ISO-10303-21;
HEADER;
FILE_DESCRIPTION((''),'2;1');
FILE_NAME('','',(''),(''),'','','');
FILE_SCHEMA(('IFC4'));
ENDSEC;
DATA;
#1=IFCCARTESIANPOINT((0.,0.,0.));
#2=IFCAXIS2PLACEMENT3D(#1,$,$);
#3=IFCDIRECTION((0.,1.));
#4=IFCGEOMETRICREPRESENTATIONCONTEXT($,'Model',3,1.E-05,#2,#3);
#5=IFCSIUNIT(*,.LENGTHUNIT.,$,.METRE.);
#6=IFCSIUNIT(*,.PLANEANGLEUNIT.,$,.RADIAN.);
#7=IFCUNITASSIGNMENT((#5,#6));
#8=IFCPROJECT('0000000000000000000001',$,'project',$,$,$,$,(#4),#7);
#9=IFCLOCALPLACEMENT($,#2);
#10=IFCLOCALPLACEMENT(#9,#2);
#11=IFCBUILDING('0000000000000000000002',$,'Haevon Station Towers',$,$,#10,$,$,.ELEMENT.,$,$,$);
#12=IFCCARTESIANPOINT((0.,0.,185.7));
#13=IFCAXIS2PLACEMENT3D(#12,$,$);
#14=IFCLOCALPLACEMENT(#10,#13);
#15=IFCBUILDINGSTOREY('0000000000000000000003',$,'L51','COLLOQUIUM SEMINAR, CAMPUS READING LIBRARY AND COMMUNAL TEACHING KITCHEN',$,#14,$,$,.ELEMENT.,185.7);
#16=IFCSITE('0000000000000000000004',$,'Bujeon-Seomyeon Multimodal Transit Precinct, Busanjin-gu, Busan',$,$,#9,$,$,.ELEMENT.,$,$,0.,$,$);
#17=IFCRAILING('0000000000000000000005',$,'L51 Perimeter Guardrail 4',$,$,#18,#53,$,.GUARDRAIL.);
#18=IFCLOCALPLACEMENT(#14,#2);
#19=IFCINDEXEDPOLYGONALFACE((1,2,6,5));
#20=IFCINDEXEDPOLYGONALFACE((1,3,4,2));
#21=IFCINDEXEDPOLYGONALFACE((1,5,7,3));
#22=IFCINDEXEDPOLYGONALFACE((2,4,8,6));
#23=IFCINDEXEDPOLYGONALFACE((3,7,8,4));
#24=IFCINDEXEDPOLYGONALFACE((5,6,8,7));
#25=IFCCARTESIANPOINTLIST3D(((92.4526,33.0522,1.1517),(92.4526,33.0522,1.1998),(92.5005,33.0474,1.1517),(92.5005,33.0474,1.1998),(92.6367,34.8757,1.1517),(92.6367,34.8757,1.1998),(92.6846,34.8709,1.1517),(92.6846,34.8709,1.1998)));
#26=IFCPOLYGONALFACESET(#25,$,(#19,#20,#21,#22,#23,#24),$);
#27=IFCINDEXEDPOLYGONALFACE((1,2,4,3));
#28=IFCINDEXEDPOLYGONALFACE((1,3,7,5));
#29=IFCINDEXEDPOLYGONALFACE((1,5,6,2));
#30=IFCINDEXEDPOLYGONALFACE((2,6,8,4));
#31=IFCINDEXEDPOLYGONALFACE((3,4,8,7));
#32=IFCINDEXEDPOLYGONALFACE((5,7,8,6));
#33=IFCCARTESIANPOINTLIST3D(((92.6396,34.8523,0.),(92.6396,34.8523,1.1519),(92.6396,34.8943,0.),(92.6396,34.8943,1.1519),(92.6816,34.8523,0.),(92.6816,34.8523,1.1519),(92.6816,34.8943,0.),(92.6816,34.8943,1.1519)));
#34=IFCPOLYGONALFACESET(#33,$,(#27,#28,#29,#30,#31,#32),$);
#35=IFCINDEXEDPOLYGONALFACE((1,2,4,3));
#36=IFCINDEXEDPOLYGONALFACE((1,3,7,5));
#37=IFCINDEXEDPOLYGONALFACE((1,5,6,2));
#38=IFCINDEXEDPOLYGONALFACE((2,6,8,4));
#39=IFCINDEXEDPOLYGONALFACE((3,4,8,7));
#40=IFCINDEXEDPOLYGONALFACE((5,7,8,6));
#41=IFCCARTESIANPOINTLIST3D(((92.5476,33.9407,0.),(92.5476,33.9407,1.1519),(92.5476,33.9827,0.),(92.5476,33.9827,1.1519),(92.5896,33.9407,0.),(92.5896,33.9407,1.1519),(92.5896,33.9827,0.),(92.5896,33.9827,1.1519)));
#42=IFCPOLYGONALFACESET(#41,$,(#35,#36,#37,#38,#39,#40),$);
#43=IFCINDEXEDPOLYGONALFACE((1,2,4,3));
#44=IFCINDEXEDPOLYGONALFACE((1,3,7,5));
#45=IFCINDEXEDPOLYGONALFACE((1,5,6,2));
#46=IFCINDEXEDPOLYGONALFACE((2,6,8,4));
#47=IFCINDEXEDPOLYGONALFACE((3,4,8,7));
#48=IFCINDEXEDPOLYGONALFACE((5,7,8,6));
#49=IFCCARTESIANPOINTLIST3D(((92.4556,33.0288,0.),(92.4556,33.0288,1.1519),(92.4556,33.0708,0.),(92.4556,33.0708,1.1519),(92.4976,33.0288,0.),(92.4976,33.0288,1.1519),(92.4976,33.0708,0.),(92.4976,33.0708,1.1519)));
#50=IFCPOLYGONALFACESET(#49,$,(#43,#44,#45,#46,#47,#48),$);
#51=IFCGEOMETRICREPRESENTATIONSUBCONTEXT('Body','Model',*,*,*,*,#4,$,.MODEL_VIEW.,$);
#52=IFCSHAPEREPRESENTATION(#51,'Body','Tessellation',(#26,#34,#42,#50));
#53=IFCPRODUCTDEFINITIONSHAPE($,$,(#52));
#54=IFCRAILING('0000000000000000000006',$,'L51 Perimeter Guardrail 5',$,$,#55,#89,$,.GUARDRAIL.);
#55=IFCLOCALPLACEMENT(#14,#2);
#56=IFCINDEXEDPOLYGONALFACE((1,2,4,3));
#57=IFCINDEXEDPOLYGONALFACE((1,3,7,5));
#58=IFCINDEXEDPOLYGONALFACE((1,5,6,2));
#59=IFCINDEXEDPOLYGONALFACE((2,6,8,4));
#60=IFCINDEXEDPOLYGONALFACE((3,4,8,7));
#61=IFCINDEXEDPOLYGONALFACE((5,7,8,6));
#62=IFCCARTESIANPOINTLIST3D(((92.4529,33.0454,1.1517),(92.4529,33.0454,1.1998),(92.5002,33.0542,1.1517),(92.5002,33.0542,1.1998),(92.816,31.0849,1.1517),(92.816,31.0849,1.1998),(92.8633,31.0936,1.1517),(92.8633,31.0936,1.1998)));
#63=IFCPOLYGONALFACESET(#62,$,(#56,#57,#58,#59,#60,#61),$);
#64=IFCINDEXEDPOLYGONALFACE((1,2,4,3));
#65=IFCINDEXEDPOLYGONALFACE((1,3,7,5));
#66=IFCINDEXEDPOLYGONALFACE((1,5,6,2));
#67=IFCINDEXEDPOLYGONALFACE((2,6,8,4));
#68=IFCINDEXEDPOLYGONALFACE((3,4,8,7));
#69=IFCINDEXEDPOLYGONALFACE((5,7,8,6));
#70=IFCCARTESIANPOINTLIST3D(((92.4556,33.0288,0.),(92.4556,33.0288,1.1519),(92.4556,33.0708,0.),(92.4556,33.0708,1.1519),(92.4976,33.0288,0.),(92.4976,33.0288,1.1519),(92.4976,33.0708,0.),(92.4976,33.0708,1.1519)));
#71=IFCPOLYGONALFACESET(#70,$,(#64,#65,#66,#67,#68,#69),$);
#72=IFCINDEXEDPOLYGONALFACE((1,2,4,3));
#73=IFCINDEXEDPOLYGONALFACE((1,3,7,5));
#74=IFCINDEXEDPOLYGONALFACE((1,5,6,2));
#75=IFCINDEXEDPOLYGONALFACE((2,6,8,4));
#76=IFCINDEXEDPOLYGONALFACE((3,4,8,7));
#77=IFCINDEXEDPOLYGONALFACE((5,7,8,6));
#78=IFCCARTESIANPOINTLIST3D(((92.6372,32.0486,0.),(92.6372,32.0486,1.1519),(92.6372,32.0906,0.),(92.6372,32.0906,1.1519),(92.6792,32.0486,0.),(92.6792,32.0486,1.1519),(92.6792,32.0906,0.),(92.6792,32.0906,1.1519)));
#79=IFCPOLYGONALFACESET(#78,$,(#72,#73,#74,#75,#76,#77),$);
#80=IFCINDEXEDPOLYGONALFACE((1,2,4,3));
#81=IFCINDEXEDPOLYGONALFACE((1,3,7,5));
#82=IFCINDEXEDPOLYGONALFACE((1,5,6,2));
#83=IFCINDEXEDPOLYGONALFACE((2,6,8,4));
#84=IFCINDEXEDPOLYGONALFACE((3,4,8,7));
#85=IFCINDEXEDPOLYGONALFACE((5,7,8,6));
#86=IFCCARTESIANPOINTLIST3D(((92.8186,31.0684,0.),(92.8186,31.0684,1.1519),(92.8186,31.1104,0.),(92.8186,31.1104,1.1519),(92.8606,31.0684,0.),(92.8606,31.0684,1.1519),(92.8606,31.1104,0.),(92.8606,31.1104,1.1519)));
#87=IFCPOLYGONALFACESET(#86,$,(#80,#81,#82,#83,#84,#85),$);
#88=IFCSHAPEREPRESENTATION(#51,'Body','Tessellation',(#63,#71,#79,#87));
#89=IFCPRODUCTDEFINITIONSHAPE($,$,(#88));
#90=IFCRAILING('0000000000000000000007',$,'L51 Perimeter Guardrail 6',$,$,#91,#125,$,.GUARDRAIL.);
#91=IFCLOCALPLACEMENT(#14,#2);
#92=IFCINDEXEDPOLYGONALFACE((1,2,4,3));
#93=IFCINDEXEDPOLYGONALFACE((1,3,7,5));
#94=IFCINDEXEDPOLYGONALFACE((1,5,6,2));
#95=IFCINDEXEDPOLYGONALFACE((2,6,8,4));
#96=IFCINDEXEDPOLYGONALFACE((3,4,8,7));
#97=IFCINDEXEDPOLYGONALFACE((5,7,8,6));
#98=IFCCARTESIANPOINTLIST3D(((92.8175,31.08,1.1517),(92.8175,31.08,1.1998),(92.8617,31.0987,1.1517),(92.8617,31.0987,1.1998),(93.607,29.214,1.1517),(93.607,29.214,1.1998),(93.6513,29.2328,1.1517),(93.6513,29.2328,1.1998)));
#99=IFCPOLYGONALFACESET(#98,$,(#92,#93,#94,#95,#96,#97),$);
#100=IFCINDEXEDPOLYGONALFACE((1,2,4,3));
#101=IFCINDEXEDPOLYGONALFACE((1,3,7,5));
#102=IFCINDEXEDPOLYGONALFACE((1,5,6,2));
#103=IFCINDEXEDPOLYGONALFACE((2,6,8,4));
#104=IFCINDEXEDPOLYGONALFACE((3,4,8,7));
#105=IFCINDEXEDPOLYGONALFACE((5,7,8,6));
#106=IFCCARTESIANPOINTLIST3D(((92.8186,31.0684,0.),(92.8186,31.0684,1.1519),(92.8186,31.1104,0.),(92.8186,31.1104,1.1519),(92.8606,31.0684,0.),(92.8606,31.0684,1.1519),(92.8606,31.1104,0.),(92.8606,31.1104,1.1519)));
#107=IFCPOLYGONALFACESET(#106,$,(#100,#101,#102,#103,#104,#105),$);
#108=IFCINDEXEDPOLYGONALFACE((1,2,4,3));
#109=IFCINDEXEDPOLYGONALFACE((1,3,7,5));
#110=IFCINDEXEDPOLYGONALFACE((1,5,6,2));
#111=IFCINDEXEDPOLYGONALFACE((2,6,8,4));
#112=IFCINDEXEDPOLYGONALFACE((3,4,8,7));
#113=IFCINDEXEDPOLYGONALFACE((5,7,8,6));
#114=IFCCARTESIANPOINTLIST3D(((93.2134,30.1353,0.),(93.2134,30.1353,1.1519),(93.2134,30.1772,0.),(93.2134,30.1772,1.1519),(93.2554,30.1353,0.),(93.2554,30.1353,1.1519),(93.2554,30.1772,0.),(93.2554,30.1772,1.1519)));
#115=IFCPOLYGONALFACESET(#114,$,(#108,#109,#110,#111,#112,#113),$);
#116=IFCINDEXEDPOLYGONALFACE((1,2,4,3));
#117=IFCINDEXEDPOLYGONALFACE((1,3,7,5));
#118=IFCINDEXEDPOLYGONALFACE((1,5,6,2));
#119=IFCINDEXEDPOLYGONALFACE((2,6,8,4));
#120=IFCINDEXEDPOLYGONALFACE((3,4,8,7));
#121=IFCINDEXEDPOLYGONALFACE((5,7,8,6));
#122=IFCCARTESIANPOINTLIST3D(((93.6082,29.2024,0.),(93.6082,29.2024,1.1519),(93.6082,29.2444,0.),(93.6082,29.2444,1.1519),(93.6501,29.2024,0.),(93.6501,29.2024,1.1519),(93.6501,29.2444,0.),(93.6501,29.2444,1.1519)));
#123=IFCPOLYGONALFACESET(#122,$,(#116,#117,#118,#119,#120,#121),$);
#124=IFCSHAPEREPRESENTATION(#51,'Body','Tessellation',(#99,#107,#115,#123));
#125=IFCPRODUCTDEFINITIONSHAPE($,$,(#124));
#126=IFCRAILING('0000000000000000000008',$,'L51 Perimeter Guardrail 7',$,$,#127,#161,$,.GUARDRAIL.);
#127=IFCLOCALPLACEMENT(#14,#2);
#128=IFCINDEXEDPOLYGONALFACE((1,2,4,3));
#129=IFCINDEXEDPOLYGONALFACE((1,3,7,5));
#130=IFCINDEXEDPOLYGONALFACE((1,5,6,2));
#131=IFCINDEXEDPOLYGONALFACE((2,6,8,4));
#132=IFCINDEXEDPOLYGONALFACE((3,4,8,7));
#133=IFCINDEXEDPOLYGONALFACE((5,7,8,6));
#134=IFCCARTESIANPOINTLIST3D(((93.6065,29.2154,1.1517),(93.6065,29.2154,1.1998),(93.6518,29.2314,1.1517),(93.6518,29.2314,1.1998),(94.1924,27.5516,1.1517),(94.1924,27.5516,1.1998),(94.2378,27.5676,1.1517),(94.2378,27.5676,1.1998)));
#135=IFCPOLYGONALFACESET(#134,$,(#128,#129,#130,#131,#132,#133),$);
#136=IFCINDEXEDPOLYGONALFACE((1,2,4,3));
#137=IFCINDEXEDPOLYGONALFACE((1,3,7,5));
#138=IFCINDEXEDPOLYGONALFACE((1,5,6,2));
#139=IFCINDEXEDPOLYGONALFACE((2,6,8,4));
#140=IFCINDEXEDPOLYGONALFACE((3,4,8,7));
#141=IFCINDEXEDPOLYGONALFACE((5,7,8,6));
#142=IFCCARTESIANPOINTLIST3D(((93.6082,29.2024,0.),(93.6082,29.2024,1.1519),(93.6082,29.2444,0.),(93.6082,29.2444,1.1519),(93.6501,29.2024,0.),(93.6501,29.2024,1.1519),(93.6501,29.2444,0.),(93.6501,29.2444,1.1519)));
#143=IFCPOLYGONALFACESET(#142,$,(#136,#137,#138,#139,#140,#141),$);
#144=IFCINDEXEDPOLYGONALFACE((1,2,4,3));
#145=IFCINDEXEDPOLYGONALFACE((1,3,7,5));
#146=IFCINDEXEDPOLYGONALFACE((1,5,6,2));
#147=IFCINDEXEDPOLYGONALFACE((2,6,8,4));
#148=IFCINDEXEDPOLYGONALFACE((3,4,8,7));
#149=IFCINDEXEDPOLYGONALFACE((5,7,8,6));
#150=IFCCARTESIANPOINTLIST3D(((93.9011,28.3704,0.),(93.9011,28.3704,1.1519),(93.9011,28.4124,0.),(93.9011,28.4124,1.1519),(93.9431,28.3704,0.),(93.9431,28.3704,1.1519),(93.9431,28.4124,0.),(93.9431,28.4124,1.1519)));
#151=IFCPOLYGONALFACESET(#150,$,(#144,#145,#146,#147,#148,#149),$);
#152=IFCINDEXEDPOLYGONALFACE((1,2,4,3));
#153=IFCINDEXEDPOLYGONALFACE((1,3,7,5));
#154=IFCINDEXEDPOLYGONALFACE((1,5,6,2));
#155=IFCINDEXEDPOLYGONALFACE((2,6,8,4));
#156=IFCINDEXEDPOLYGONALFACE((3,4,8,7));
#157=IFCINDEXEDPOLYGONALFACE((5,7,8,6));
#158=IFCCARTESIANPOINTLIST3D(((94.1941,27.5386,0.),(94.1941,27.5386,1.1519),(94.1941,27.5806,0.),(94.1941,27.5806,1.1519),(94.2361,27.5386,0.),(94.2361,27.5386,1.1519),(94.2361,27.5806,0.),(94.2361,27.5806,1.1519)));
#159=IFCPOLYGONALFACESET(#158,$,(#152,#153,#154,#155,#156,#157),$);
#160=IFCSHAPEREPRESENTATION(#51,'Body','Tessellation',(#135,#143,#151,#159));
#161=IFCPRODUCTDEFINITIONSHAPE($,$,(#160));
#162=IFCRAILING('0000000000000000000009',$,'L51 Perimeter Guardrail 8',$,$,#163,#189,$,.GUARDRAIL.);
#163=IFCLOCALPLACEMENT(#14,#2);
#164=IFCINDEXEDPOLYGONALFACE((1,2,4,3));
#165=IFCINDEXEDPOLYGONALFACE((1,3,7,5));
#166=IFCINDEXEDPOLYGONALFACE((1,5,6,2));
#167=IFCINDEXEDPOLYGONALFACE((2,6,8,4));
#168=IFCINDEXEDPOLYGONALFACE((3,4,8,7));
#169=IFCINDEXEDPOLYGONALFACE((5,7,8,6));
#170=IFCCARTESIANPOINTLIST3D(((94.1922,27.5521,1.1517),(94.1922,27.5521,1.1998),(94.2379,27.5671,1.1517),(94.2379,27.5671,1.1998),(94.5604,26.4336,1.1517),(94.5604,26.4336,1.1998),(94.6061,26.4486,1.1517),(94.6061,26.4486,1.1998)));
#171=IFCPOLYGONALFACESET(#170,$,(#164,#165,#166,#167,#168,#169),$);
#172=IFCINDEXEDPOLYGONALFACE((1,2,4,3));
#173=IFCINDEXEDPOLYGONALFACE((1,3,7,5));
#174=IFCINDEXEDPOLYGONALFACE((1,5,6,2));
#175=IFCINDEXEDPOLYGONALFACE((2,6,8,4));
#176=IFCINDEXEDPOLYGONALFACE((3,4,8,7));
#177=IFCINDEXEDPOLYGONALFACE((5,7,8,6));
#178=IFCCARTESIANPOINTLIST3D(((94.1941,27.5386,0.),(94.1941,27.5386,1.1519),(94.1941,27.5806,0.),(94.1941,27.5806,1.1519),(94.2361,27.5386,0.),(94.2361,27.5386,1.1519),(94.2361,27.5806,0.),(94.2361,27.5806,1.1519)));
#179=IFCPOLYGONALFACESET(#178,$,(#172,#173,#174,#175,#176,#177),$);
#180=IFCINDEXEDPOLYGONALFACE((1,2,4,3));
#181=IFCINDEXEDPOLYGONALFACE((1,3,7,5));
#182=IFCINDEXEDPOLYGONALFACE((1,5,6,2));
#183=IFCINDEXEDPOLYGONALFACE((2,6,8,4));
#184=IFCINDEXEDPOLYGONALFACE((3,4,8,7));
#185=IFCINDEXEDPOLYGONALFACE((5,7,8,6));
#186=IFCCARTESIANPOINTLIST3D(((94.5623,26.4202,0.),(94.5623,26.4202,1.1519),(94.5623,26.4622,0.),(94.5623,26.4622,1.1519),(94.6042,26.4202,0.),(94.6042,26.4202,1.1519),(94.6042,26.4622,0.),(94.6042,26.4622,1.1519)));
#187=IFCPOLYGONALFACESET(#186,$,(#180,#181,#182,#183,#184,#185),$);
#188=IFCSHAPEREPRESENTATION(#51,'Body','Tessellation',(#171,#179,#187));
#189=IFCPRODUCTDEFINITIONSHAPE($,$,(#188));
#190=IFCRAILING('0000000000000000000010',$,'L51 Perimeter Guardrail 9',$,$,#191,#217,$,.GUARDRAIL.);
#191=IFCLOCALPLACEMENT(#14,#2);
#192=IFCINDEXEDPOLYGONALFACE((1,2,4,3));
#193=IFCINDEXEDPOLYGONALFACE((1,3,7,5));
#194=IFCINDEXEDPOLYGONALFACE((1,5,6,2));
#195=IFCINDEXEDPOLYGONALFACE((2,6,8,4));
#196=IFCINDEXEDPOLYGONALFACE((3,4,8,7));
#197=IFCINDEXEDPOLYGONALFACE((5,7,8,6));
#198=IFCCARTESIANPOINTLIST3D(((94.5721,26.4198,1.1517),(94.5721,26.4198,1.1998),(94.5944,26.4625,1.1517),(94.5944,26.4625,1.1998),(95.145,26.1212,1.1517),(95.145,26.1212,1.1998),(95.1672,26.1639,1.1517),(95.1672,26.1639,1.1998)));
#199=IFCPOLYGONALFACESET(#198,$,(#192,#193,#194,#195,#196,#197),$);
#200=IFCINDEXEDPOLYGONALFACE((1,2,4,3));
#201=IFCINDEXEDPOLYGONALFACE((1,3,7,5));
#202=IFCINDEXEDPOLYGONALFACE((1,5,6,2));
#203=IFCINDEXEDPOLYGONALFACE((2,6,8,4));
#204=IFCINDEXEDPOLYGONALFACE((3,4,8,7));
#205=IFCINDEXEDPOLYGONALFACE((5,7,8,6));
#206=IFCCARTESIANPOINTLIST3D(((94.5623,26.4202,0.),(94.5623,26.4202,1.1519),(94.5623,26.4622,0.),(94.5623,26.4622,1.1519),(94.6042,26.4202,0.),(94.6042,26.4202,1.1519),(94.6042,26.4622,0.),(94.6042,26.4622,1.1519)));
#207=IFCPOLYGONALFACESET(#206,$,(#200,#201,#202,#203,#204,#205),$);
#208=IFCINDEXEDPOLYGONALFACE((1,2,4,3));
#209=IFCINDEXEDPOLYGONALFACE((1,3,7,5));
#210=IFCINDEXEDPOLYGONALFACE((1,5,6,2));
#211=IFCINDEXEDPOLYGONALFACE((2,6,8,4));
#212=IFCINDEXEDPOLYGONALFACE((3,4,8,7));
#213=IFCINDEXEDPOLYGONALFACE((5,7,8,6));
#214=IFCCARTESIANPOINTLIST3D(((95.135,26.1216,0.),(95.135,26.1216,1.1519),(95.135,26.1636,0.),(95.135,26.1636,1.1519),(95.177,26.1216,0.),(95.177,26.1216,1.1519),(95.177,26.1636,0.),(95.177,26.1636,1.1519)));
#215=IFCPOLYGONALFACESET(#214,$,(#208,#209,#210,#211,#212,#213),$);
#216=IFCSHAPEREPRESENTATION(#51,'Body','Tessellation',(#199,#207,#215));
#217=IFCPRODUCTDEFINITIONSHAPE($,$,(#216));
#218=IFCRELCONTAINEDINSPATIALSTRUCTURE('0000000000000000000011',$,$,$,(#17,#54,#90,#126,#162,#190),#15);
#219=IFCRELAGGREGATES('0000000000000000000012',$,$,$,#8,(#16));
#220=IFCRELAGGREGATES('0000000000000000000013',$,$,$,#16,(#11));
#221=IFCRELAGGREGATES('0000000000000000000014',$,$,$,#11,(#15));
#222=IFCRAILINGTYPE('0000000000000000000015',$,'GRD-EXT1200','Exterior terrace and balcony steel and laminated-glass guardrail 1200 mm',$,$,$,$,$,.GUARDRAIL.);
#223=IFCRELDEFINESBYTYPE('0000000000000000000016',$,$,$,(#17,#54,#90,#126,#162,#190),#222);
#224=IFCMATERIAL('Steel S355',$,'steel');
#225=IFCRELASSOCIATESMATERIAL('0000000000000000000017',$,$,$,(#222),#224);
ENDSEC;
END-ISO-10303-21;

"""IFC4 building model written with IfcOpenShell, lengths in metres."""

from ifc_helpers import new_model, si_unit, direction, frame, origin, origin_2d, place, context, subcontext, project, spatial, rectangle, extrude, material, type_object, element, save


model = new_model("IFC4")

# Units and contexts
model_context = context("Model", 3, precision=1e-05, world=origin(), true_north=direction((0.0, 1.0)))
body_context = subcontext(model_context, "Body", "Model", "MODEL_VIEW")
ifc_project = project(units=[si_unit("LENGTHUNIT", "METRE"), si_unit("PLANEANGLEUNIT", "RADIAN")], contexts=[model_context])

# Site, building, storey
site_placement = place(None, origin())
site = spatial("IfcSite", under=ifc_project, at=site_placement, Name="Bujeon-Seomyeon Multimodal Transit Precinct, Busanjin-gu, Busan", CompositionType="ELEMENT", RefElevation=0.0)
building_placement = place(site_placement, origin())
building = spatial("IfcBuilding", under=site, at=building_placement, Name="Haevon Station Towers", CompositionType="ELEMENT")
storey_placement = place(building_placement, frame((0.0, 0.0, 185.7)))
storey = spatial("IfcBuildingStorey", under=building, at=storey_placement, Name="L51", Description="COLLOQUIUM SEMINAR, CAMPUS READING LIBRARY AND COMMUNAL TEACHING KITCHEN", CompositionType="ELEMENT", Elevation=185.7)

# Shared definitions
ifc_material_1 = material(Name="Steel S355", Category="steel")

# Railings
railing_type = type_object("IfcRailingType", Name="GRD-EXT1200", Description="Exterior terrace and balcony steel and laminated-glass guardrail 1200 mm", PredefinedType="GUARDRAIL", material=ifc_material_1)
railing_1_placement = place(storey_placement, frame((92.6606, 34.8733, 0.0)))
element("IfcRailing", 1, at=railing_1_placement, inside=storey, type_object=railing_type, Name="L51 Perimeter Guardrail 4", PredefinedType="GUARDRAIL", context=body_context, shape_type="SweptSolid", body=[
    extrude(rectangle(XDim=0.0481, YDim=0.0481, at=origin_2d()), frame((0.0, 0.0, 1.1758), z_axis=(-0.10044, -0.994943, 0.0), x_axis=(0.994943, -0.10044, 0.0)), (0.0, 0.0, 1.0), 1.8328),
    extrude(rectangle(XDim=0.042, YDim=0.042, at=origin_2d()), origin(), (0.0, 0.0, 1.0), 1.1519),
    extrude(rectangle(XDim=0.042, YDim=0.042, at=origin_2d()), frame((-0.092, -0.9116, 0.0)), (0.0, 0.0, 1.0), 1.1519),
    extrude(rectangle(XDim=0.042, YDim=0.042, at=origin_2d()), frame((-0.1841, -1.8235, 0.0)), (0.0, 0.0, 1.0), 1.1519),
])
railing_2_placement = place(storey_placement, frame((92.4766, 33.0498, 0.0)))
element("IfcRailing", 2, at=railing_2_placement, inside=storey, type_object=railing_type, Name="L51 Perimeter Guardrail 5", PredefinedType="GUARDRAIL", context=body_context, shape_type="SweptSolid", body=[
    extrude(rectangle(XDim=0.0481, YDim=0.0481, at=origin_2d()), frame((0.0, 0.0, 1.1758), z_axis=(0.182085, -0.983283, 0.0), x_axis=(0.983283, 0.182085, 0.0)), (0.0, 0.0, 1.0), 1.9939),
    extrude(rectangle(XDim=0.042, YDim=0.042, at=origin_2d()), origin(), (0.0, 0.0, 1.0), 1.1519),
    extrude(rectangle(XDim=0.042, YDim=0.042, at=origin_2d()), frame((0.1816, -0.9802, 0.0)), (0.0, 0.0, 1.0), 1.1519),
    extrude(rectangle(XDim=0.042, YDim=0.042, at=origin_2d()), frame((0.363, -1.9604, 0.0)), (0.0, 0.0, 1.0), 1.1519),
])
railing_3_placement = place(storey_placement, frame((92.8396, 31.0894, 0.0)))
element("IfcRailing", 3, at=railing_3_placement, inside=storey, type_object=railing_type, Name="L51 Perimeter Guardrail 6", PredefinedType="GUARDRAIL", context=body_context, shape_type="SweptSolid", body=[
    extrude(rectangle(XDim=0.0481, YDim=0.0481, at=origin_2d()), frame((0.0, 0.0, 1.1758), z_axis=(0.389683, -0.920949, 0.0), x_axis=(0.920949, 0.389683, 0.0)), (0.0, 0.0, 1.0), 2.0261),
    extrude(rectangle(XDim=0.042, YDim=0.042, at=origin_2d()), origin(), (0.0, 0.0, 1.0), 1.1519),
    extrude(rectangle(XDim=0.042, YDim=0.042, at=origin_2d()), frame((0.3948, -0.9331, 0.0)), (0.0, 0.0, 1.0), 1.1519),
    extrude(rectangle(XDim=0.042, YDim=0.042, at=origin_2d()), frame((0.7896, -1.866, 0.0)), (0.0, 0.0, 1.0), 1.1519),
])
railing_4_placement = place(storey_placement, frame((93.6292, 29.2234, 0.0)))
element("IfcRailing", 4, at=railing_4_placement, inside=storey, type_object=railing_type, Name="L51 Perimeter Guardrail 7", PredefinedType="GUARDRAIL", context=body_context, shape_type="SweptSolid", body=[
    extrude(rectangle(XDim=0.0481, YDim=0.0481, at=origin_2d()), frame((0.0, 0.0, 1.1758), z_axis=(0.332168, -0.94322, 0.0), x_axis=(0.94322, 0.332168, 0.0)), (0.0, 0.0, 1.0), 1.7639),
    extrude(rectangle(XDim=0.042, YDim=0.042, at=origin_2d()), origin(), (0.0, 0.0, 1.0), 1.1519),
    extrude(rectangle(XDim=0.042, YDim=0.042, at=origin_2d()), frame((0.293, -0.832, 0.0)), (0.0, 0.0, 1.0), 1.1519),
    extrude(rectangle(XDim=0.042, YDim=0.042, at=origin_2d()), frame((0.5859, -1.6638, 0.0)), (0.0, 0.0, 1.0), 1.1519),
])
railing_5_placement = place(storey_placement, frame((94.2151, 27.5596, 0.0)))
element("IfcRailing", 5, at=railing_5_placement, inside=storey, type_object=railing_type, Name="L51 Perimeter Guardrail 8", PredefinedType="GUARDRAIL", context=body_context, shape_type="SweptSolid", body=[
    extrude(rectangle(XDim=0.0481, YDim=0.0481, at=origin_2d()), frame((0.0, 0.0, 1.1758), z_axis=(0.31268, -0.949859, 0.0), x_axis=(0.949859, 0.31268, 0.0)), (0.0, 0.0, 1.0), 1.1775),
    extrude(rectangle(XDim=0.042, YDim=0.042, at=origin_2d()), origin(), (0.0, 0.0, 1.0), 1.1519),
    extrude(rectangle(XDim=0.042, YDim=0.042, at=origin_2d()), frame((0.3682, -1.1184, 0.0)), (0.0, 0.0, 1.0), 1.1519),
])
railing_6_placement = place(storey_placement, frame((94.5833, 26.4412, 0.0)))
element("IfcRailing", 6, at=railing_6_placement, inside=storey, type_object=railing_type, Name="L51 Perimeter Guardrail 9", PredefinedType="GUARDRAIL", context=body_context, shape_type="SweptSolid", body=[
    extrude(rectangle(XDim=0.0481, YDim=0.0481, at=origin_2d()), frame((0.0, 0.0, 1.1758), z_axis=(0.88674, -0.462269, 0.0), x_axis=(0.462269, 0.88674, 0.0)), (0.0, 0.0, 1.0), 0.646),
    extrude(rectangle(XDim=0.042, YDim=0.042, at=origin_2d()), origin(), (0.0, 0.0, 1.0), 1.1519),
    extrude(rectangle(XDim=0.042, YDim=0.042, at=origin_2d()), frame((0.5728, -0.2986, 0.0)), (0.0, 0.0, 1.0), 1.1519),
])

save(model, "model.ifc")
